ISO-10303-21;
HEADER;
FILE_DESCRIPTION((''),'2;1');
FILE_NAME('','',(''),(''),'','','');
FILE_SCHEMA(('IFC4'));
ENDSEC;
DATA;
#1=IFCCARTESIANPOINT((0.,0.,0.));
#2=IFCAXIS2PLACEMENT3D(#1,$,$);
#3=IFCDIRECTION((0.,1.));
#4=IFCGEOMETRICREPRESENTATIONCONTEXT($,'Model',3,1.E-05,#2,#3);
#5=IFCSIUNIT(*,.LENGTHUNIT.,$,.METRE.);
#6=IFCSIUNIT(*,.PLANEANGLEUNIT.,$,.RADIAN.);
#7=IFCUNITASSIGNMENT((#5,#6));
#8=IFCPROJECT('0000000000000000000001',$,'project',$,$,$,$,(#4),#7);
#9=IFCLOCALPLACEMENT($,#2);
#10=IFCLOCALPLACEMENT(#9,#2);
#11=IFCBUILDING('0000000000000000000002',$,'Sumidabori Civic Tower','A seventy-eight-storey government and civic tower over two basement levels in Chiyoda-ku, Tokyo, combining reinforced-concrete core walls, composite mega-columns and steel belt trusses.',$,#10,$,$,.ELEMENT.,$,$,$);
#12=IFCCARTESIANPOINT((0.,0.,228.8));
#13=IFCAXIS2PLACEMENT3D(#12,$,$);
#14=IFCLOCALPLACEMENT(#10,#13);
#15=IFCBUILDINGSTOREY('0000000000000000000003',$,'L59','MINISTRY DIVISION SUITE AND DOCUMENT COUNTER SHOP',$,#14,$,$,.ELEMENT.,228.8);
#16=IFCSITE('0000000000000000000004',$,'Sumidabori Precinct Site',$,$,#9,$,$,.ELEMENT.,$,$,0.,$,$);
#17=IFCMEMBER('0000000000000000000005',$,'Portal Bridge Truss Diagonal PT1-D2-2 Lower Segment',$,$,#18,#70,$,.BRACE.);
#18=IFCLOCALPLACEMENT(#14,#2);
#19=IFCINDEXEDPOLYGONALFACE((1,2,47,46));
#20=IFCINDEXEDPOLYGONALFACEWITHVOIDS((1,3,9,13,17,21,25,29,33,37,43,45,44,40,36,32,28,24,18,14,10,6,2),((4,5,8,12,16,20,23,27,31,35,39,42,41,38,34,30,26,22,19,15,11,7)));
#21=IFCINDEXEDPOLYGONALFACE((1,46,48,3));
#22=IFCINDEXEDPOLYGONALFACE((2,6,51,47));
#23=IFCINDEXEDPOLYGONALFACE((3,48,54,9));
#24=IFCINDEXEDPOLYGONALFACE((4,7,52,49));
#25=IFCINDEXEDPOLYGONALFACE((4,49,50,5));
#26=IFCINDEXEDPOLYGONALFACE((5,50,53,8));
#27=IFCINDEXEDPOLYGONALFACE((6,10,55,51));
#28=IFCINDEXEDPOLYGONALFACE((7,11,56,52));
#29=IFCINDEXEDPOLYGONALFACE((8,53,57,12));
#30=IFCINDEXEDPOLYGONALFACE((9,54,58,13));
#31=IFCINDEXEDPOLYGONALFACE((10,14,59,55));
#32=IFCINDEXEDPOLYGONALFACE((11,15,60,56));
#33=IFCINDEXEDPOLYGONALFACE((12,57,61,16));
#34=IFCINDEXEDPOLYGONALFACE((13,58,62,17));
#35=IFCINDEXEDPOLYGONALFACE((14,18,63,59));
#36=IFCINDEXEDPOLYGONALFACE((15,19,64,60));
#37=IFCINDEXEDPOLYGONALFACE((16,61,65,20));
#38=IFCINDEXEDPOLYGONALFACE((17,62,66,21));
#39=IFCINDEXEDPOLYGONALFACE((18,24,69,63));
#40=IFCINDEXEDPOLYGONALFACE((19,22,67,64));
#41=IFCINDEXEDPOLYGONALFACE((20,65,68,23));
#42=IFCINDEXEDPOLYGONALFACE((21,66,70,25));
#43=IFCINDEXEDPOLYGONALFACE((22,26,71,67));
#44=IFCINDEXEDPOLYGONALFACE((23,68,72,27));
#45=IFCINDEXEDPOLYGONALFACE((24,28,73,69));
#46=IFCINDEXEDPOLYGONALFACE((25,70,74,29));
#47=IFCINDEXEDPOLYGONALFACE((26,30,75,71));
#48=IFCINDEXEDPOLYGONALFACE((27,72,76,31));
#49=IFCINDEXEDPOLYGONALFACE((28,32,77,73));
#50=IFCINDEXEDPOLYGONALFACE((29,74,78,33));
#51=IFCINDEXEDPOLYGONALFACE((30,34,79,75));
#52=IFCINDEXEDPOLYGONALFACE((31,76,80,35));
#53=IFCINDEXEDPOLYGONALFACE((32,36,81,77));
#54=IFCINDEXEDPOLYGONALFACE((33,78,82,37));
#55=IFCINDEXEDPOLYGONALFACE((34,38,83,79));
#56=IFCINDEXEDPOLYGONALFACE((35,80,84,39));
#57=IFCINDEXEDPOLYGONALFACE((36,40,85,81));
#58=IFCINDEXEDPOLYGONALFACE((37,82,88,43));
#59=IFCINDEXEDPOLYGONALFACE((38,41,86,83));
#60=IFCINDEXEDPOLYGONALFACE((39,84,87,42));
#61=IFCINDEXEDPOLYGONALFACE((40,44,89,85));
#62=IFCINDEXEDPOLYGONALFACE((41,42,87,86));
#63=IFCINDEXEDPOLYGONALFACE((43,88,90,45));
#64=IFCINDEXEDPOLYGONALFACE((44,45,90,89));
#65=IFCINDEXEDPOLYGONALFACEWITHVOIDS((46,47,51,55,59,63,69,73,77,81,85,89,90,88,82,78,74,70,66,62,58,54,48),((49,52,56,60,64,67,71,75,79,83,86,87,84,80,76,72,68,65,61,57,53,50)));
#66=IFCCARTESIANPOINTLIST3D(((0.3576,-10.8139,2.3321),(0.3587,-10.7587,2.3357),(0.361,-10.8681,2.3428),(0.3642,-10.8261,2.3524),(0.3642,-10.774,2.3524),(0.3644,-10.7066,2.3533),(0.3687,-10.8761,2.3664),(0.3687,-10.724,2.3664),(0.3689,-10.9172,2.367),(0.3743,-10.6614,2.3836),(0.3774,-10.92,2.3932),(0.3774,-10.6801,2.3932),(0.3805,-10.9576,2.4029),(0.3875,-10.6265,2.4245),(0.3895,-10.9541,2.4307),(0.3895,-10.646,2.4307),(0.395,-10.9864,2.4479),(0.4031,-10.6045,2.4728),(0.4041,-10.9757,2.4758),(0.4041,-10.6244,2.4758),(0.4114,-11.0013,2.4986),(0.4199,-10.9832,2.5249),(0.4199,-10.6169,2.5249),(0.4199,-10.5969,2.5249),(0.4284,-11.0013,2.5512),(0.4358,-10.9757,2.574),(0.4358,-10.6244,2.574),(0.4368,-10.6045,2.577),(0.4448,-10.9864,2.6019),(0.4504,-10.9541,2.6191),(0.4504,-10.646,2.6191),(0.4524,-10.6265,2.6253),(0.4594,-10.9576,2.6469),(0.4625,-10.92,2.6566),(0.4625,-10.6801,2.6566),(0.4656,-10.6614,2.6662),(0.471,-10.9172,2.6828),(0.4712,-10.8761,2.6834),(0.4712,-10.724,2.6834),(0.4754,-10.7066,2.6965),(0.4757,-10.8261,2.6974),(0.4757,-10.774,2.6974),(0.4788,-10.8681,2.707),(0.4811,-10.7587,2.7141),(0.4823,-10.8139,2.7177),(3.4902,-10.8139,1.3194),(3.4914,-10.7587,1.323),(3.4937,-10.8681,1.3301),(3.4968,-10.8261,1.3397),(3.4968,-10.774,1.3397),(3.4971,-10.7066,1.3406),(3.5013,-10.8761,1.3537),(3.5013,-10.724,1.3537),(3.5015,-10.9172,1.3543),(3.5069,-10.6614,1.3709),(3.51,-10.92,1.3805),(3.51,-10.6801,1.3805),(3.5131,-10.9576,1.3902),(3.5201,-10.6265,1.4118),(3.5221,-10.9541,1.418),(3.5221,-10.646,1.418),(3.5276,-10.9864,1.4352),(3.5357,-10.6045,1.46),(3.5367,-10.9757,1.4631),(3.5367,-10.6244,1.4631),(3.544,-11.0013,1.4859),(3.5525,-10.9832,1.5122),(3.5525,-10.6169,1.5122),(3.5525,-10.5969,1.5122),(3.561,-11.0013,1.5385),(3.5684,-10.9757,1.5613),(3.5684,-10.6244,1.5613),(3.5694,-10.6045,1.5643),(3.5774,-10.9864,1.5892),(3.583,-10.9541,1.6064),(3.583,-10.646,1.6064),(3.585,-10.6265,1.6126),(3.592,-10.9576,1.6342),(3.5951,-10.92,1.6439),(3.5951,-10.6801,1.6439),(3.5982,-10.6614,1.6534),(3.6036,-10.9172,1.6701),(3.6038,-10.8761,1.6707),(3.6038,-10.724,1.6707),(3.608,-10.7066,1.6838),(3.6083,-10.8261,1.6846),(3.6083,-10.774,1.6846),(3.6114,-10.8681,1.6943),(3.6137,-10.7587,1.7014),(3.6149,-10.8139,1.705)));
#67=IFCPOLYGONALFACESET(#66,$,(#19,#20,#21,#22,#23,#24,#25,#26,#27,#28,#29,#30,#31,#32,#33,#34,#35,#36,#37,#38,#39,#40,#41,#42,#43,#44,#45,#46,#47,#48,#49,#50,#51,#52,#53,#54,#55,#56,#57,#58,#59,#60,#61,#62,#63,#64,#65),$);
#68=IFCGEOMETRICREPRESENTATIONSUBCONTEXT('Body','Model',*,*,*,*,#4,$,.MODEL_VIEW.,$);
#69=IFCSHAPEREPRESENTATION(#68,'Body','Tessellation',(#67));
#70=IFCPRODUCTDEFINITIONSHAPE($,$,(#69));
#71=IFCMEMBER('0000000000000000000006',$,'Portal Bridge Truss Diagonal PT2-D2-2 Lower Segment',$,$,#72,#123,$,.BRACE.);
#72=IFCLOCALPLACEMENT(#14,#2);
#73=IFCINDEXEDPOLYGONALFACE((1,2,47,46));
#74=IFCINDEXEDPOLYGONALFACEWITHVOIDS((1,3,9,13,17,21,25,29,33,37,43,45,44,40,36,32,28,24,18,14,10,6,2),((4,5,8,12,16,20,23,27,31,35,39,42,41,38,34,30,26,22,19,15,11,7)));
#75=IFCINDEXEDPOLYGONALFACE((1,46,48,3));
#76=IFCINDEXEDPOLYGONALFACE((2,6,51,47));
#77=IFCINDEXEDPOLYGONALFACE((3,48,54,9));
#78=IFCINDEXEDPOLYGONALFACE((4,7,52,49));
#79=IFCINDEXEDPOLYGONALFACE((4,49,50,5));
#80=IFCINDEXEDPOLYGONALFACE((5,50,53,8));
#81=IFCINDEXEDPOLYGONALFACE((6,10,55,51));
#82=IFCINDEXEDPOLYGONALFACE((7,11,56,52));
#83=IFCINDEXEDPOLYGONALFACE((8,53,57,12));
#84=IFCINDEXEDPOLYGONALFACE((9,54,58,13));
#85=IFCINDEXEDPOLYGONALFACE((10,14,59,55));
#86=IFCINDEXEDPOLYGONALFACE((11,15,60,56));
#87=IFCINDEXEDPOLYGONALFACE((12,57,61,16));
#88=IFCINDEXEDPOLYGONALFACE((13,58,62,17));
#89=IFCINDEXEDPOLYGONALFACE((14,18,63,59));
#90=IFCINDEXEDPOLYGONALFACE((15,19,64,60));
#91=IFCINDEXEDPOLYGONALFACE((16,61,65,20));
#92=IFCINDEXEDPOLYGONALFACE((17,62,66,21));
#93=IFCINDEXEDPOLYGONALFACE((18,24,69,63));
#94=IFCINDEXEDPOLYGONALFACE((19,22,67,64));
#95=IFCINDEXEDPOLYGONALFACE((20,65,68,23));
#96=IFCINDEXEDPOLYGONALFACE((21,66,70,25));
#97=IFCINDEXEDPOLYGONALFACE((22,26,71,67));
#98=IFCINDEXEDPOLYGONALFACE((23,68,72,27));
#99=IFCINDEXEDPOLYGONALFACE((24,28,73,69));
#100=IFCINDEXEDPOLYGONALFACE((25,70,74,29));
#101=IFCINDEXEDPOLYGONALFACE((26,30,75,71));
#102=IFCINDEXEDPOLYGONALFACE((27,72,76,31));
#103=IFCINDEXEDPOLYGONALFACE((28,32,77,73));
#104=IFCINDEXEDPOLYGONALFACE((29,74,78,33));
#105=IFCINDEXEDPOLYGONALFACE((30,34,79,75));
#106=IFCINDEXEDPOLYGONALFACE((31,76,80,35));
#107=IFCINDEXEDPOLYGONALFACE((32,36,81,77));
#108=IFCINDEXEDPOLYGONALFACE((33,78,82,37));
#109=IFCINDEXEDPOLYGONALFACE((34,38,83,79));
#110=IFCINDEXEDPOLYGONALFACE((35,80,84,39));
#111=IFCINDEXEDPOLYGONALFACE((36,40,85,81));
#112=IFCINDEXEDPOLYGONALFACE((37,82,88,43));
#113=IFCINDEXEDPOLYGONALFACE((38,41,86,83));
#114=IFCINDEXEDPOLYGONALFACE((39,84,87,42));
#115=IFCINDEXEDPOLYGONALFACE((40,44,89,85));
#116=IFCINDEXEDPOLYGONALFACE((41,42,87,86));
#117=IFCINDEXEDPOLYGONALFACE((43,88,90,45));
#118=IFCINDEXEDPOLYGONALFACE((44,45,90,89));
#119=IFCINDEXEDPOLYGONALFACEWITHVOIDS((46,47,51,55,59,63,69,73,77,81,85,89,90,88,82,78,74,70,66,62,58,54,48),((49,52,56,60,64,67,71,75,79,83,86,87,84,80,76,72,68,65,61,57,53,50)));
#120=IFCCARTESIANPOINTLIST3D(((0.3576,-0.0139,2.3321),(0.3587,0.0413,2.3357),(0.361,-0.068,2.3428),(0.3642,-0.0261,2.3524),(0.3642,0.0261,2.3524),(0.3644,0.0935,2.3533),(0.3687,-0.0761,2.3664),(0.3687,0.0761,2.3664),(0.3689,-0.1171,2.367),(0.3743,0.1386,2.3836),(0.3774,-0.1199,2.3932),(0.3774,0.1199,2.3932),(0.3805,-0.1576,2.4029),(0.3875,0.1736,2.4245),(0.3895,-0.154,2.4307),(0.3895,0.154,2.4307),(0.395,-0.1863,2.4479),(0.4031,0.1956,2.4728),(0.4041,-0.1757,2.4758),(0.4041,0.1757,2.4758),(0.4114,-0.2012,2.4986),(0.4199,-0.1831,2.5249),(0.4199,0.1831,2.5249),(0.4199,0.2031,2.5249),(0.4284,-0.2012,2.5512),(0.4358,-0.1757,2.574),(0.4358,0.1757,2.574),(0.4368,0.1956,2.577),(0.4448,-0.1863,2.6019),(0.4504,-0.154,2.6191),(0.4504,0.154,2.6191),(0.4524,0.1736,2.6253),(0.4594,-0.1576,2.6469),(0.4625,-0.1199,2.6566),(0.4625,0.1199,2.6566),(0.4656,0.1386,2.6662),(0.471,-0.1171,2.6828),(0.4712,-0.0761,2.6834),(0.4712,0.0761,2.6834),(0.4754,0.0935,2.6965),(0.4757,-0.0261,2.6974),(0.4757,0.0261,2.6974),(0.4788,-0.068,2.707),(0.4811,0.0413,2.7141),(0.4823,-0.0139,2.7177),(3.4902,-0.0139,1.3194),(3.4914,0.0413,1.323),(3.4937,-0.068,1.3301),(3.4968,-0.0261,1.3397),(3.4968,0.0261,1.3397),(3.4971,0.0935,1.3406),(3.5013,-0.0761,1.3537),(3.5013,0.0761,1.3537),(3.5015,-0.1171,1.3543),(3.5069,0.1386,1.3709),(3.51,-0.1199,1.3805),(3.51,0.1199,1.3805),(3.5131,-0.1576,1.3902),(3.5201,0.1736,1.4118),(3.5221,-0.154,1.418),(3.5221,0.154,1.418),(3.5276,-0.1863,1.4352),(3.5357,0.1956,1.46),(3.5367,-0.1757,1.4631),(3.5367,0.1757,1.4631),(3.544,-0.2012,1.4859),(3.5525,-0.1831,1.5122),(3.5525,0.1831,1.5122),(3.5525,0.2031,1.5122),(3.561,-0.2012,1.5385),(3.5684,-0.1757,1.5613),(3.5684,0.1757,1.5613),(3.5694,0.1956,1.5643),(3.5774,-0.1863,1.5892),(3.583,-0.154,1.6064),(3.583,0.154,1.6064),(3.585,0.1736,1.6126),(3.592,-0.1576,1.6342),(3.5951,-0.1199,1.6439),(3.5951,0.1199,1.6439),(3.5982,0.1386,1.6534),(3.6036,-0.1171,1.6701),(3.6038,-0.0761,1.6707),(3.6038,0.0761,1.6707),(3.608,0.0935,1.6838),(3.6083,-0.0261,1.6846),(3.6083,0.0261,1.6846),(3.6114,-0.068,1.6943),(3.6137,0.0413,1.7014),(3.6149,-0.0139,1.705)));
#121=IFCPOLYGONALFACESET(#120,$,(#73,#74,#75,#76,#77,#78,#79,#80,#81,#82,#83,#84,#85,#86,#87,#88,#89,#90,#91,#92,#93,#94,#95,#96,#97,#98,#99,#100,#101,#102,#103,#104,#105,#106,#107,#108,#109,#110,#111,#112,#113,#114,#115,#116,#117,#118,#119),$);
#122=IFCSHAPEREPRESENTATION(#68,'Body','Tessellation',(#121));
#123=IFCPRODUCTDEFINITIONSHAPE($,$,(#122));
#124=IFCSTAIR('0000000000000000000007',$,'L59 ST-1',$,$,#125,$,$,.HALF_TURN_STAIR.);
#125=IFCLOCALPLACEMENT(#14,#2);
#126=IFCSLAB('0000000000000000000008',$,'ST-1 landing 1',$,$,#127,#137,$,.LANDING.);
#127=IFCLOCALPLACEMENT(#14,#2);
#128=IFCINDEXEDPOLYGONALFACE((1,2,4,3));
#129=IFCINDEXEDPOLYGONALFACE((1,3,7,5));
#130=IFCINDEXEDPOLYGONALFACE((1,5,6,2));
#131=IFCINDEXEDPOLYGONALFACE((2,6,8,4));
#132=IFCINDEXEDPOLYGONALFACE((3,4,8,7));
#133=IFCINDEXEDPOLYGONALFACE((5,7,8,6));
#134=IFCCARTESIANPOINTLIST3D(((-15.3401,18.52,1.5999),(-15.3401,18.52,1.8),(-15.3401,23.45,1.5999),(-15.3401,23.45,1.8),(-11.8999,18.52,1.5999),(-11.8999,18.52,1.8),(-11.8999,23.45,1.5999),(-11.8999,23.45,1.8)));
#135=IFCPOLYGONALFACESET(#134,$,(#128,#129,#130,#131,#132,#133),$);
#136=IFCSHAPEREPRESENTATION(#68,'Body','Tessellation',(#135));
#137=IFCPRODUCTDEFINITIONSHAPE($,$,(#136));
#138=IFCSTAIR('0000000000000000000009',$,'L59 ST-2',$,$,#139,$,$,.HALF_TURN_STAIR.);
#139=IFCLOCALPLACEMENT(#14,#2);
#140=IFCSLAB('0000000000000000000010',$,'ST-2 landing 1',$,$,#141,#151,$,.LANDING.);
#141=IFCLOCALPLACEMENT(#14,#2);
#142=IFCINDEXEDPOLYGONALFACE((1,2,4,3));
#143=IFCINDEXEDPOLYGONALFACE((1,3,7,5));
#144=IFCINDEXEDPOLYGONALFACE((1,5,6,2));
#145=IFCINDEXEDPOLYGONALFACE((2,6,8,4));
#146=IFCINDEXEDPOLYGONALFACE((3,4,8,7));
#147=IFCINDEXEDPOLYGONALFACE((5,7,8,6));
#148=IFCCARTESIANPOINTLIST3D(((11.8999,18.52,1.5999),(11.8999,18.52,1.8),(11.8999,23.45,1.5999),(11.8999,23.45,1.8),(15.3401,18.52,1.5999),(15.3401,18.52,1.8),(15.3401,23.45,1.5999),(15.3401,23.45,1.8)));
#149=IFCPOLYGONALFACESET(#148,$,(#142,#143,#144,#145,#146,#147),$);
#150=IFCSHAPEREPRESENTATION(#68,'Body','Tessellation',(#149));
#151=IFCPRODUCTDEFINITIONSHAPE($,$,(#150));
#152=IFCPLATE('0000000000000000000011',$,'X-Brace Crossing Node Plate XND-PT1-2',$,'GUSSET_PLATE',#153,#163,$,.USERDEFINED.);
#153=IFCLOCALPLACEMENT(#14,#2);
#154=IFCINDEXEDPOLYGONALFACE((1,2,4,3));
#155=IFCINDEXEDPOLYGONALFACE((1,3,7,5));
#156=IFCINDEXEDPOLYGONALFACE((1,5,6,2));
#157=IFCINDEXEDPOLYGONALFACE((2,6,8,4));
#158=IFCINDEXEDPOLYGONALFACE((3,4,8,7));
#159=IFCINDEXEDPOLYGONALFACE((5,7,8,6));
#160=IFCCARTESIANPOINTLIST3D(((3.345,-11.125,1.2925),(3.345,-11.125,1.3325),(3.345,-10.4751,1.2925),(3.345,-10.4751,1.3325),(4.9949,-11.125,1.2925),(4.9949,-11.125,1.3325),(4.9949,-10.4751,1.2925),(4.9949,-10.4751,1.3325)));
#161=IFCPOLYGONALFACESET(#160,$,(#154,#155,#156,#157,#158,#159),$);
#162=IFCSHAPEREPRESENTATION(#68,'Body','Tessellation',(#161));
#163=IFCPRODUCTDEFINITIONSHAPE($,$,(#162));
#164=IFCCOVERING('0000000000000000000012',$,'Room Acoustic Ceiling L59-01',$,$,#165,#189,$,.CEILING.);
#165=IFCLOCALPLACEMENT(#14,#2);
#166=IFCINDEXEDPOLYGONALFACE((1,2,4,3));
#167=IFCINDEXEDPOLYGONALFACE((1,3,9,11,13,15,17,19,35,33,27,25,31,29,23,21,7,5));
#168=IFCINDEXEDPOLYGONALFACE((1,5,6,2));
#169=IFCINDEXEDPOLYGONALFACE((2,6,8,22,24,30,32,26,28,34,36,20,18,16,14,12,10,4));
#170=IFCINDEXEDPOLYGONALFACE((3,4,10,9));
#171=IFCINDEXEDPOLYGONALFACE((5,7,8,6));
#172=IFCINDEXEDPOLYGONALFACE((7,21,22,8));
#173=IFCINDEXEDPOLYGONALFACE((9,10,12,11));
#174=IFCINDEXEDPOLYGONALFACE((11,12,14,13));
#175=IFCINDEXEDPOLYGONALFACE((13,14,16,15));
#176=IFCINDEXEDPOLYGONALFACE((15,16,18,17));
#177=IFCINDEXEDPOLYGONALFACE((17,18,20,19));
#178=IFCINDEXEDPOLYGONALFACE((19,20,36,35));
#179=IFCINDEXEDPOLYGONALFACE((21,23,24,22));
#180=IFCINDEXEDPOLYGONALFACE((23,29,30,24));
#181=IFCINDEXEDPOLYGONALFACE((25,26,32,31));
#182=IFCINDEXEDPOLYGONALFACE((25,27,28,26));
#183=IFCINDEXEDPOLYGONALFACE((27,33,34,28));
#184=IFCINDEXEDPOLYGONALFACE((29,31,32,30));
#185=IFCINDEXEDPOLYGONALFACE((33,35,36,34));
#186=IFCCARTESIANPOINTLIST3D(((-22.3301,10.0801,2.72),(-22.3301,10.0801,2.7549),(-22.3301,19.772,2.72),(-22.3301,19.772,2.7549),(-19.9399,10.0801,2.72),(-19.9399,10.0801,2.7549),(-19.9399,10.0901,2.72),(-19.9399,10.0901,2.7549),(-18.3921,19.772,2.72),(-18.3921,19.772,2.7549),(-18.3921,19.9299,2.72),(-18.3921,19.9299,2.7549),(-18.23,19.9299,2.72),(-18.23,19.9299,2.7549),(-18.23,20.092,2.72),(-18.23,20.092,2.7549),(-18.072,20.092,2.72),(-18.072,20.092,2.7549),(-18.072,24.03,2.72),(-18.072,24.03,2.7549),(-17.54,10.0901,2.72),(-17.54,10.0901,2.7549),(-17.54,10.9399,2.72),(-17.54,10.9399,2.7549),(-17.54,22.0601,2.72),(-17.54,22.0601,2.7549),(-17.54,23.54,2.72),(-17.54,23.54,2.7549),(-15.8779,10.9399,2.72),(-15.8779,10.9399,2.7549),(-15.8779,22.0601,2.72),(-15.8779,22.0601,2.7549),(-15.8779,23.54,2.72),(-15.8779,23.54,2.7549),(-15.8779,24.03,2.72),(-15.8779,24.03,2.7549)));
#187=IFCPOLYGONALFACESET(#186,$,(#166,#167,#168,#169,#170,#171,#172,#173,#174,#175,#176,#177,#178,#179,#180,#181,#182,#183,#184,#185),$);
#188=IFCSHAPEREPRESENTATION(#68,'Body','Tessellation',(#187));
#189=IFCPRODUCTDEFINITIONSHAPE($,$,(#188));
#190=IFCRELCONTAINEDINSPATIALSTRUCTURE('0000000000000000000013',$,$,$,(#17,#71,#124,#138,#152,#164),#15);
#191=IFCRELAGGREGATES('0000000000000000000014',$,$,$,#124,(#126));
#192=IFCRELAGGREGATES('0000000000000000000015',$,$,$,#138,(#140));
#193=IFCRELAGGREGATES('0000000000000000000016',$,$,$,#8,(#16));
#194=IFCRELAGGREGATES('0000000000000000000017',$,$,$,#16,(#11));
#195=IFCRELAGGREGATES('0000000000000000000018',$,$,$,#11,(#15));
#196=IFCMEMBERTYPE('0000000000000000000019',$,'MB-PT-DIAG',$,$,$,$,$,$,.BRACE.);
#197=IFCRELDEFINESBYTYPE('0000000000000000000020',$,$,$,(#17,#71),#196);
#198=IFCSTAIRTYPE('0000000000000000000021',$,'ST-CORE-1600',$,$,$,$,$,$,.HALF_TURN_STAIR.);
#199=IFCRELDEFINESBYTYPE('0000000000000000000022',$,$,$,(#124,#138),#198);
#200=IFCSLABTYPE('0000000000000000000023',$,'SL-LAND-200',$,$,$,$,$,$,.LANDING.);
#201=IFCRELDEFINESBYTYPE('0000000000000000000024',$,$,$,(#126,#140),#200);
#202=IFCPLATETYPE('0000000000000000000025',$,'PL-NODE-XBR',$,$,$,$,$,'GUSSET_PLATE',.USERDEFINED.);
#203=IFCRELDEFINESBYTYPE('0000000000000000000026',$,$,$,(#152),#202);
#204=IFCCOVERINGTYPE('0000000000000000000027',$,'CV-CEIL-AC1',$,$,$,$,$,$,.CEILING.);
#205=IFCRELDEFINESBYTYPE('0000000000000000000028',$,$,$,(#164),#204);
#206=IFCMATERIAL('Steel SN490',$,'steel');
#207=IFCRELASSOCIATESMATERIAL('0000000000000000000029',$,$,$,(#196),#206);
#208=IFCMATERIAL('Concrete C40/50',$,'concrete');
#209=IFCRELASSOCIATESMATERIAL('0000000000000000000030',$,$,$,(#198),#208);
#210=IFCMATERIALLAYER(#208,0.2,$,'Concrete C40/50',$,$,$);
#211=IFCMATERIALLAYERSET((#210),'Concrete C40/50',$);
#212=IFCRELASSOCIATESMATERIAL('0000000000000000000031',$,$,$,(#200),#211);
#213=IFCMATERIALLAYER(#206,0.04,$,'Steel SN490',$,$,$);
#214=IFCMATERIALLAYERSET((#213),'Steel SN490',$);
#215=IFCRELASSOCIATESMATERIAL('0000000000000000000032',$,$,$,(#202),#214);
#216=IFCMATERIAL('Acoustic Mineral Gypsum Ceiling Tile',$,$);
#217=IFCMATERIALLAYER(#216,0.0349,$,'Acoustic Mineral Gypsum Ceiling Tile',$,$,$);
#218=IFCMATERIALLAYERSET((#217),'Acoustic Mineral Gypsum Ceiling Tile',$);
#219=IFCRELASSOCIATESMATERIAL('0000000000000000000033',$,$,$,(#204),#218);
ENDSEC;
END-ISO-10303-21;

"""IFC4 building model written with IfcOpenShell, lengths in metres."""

from ifc_helpers import new_model, si_unit, direction, frame, origin, origin_2d, place, context, subcontext, project, spatial, polyline, rectangle, hollow_circle, outline, extrude, source, transform, mapped, material, layer, layer_set, material_profile, profile_set, type_object, element, aggregate, save


model = new_model("IFC4")

# Units and contexts
model_context = context("Model", 3, precision=1e-05, world=origin(), true_north=direction((0.0, 1.0)))
body_context = subcontext(model_context, "Body", "Model", "MODEL_VIEW")
ifc_project = project(units=[si_unit("LENGTHUNIT", "METRE"), si_unit("PLANEANGLEUNIT", "RADIAN")], contexts=[model_context])

# Site, building, storey
site_placement = place(None, origin())
site = spatial("IfcSite", under=ifc_project, at=site_placement, Name="Sumidabori Precinct Site", CompositionType="ELEMENT", RefElevation=0.0)
building_placement = place(site_placement, origin())
building = spatial("IfcBuilding", under=site, at=building_placement, Name="Sumidabori Civic Tower", Description="A seventy-eight-storey government and civic tower over two basement levels in Chiyoda-ku, Tokyo, combining reinforced-concrete core walls, composite mega-columns and steel belt trusses.", CompositionType="ELEMENT")
storey_placement = place(building_placement, frame((0.0, 0.0, 228.8)))
storey = spatial("IfcBuildingStorey", under=building, at=storey_placement, Name="L59", Description="MINISTRY DIVISION SUITE AND DOCUMENT COUNTER SHOP", CompositionType="ELEMENT", Elevation=228.8)

# Shared definitions
ifc_material_1 = material(Name="Steel SN490", Category="steel")

# Members
ifc_material_profile_1 = material_profile(ifc_material_1, hollow_circle(Radius=0.2031, WallThickness=0.02, at=origin_2d()), Name="CHS 406.4x20")
ifc_profile_set_1 = profile_set([ifc_material_profile_1], Name="Steel SN490")
member_type = type_object("IfcMemberType", Name="MB-PT-DIAG", PredefinedType="BRACE", material=ifc_profile_set_1)
shared_shape_1 = source(origin(), body_context, "Body", "SweptSolid", [
    extrude(hollow_circle(Radius=0.2031, WallThickness=0.02, at=origin_2d()), origin(), (0.0, 0.0, 1.0), 3.2922),
])
for number, where, z_axis, x_axis, name in (
    (1, (0.4199, -10.8, 2.5249), (0.951514, 0.0, -0.307605), (0.0, 1.0, 0.0), "Portal Bridge Truss Diagonal PT1-D2-2 Lower Segment"),
    (2, (0.4199, 0.0, 2.5249), (0.951514, 0.0, -0.307605), (0.0, 1.0, 0.0), "Portal Bridge Truss Diagonal PT2-D2-2 Lower Segment"),
):
    element("IfcMember", number, at=place(storey_placement, frame(where, z_axis=z_axis, x_axis=x_axis)), inside=storey, type_object=member_type, Name=name, PredefinedType="BRACE", context=body_context, shape_type="MappedRepresentation", body=[
        mapped(shared_shape_1, transform((0.0, 0.0, 0.0), x_axis=(1.0, 0.0, 0.0), y_axis=(0.0, 1.0, 0.0), z_axis=(0.0, 0.0, 1.0), scale=1.0)),
    ])

# Stairs, slabs
ifc_material_2 = material(Name="Concrete C40/50", Category="concrete")
stair_type = type_object("IfcStairType", Name="ST-CORE-1600", PredefinedType="HALF_TURN_STAIR", material=ifc_material_2)
stair_1_placement = place(storey_placement, origin())
stair_1 = element("IfcStair", 3, at=stair_1_placement, inside=storey, type_object=stair_type, Name="L59 ST-1", PredefinedType="HALF_TURN_STAIR")
ifc_layer_1 = layer(ifc_material_2, 0.2, Name="Concrete C40/50")
ifc_layer_set_1 = layer_set([ifc_layer_1], Name="Concrete C40/50")
slab_type = type_object("IfcSlabType", Name="SL-LAND-200", PredefinedType="LANDING", material=ifc_layer_set_1)
slab_1_placement = place(storey_placement, frame((0.0, 0.0, 1.5999)))
slab_1 = element("IfcSlab", 4, at=slab_1_placement, type_object=slab_type, Name="ST-1 landing 1", PredefinedType="LANDING", context=body_context, shape_type="SweptSolid", body=[
    extrude(outline(polyline([(-11.8999, 18.52), (-11.8999, 23.45), (-15.3401, 23.45), (-15.3401, 18.52), (-11.8999, 18.52)])), origin(), (0.0, 0.0, 1.0), 0.2002),
])
aggregate(stair_1, [slab_1])
stair_2_placement = place(storey_placement, origin())
stair_2 = element("IfcStair", 5, at=stair_2_placement, inside=storey, type_object=stair_type, Name="L59 ST-2", PredefinedType="HALF_TURN_STAIR")
slab_2_placement = place(storey_placement, frame((0.0, 0.0, 1.5999)))
slab_2 = element("IfcSlab", 6, at=slab_2_placement, type_object=slab_type, Name="ST-2 landing 1", PredefinedType="LANDING", context=body_context, shape_type="SweptSolid", body=[
    extrude(outline(polyline([(15.3401, 18.52), (15.3401, 23.45), (11.8999, 23.45), (11.8999, 18.52), (15.3401, 18.52)])), origin(), (0.0, 0.0, 1.0), 0.2002),
])
aggregate(stair_2, [slab_2])

# Plate
ifc_layer_2 = layer(ifc_material_1, 0.04, Name="Steel SN490")
ifc_layer_set_2 = layer_set([ifc_layer_2], Name="Steel SN490")
plate_type = type_object("IfcPlateType", Name="PL-NODE-XBR", ElementType="GUSSET_PLATE", PredefinedType="USERDEFINED", material=ifc_layer_set_2)
shared_shape_2 = source(origin(), body_context, "Body", "SweptSolid", [
    extrude(rectangle(XDim=1.6499, YDim=0.6499, at=origin_2d()), origin(), (0.0, 0.0, 1.0), 0.04),
])
plate_placement = place(storey_placement, frame((4.1699, -10.8, 1.2925), z_axis=(0.0, 0.0, 1.0), x_axis=(1.0, 0.0, 0.0)))
element("IfcPlate", 7, at=plate_placement, inside=storey, type_object=plate_type, Name="X-Brace Crossing Node Plate XND-PT1-2", ObjectType="GUSSET_PLATE", PredefinedType="USERDEFINED", context=body_context, shape_type="MappedRepresentation", body=[
    mapped(shared_shape_2, transform((0.0, 0.0, 0.0), x_axis=(1.0, 0.0, 0.0), y_axis=(0.0, 1.0, 0.0), z_axis=(0.0, 0.0, 1.0), scale=1.0)),
])

# Covering
ifc_material_3 = material(Name="Acoustic Mineral Gypsum Ceiling Tile")
ifc_layer_3 = layer(ifc_material_3, 0.0349, Name="Acoustic Mineral Gypsum Ceiling Tile")
ifc_layer_set_3 = layer_set([ifc_layer_3], Name="Acoustic Mineral Gypsum Ceiling Tile")
covering_type_1 = type_object("IfcCoveringType", Name="CV-CEIL-AC1", PredefinedType="CEILING", material=ifc_layer_set_3)
covering_1_placement = place(storey_placement, frame((0.0, 0.0, 2.72)))
element("IfcCovering", 8, at=covering_1_placement, inside=storey, type_object=covering_type_1, Name="Room Acoustic Ceiling L59-01", PredefinedType="CEILING", context=body_context, shape_type="SweptSolid", body=[
    extrude(outline(polyline([(-22.3301, 10.0801), (-22.3301, 19.772), (-18.3921, 19.772), (-18.3921, 19.9299), (-18.23, 19.9299), (-18.23, 20.092), (-18.072, 20.092), (-18.072, 24.03), (-15.8779, 24.03), (-15.8779, 23.54), (-17.54, 23.54), (-17.54, 22.0601), (-15.8779, 22.0601), (-15.8779, 10.9399), (-17.54, 10.9399), (-17.54, 10.0901), (-19.9399, 10.0901), (-19.9399, 10.0801), (-22.3301, 10.0801)])), origin(), (0.0, 0.0, 1.0), 0.0349),
])

save(model, "model.ifc")
